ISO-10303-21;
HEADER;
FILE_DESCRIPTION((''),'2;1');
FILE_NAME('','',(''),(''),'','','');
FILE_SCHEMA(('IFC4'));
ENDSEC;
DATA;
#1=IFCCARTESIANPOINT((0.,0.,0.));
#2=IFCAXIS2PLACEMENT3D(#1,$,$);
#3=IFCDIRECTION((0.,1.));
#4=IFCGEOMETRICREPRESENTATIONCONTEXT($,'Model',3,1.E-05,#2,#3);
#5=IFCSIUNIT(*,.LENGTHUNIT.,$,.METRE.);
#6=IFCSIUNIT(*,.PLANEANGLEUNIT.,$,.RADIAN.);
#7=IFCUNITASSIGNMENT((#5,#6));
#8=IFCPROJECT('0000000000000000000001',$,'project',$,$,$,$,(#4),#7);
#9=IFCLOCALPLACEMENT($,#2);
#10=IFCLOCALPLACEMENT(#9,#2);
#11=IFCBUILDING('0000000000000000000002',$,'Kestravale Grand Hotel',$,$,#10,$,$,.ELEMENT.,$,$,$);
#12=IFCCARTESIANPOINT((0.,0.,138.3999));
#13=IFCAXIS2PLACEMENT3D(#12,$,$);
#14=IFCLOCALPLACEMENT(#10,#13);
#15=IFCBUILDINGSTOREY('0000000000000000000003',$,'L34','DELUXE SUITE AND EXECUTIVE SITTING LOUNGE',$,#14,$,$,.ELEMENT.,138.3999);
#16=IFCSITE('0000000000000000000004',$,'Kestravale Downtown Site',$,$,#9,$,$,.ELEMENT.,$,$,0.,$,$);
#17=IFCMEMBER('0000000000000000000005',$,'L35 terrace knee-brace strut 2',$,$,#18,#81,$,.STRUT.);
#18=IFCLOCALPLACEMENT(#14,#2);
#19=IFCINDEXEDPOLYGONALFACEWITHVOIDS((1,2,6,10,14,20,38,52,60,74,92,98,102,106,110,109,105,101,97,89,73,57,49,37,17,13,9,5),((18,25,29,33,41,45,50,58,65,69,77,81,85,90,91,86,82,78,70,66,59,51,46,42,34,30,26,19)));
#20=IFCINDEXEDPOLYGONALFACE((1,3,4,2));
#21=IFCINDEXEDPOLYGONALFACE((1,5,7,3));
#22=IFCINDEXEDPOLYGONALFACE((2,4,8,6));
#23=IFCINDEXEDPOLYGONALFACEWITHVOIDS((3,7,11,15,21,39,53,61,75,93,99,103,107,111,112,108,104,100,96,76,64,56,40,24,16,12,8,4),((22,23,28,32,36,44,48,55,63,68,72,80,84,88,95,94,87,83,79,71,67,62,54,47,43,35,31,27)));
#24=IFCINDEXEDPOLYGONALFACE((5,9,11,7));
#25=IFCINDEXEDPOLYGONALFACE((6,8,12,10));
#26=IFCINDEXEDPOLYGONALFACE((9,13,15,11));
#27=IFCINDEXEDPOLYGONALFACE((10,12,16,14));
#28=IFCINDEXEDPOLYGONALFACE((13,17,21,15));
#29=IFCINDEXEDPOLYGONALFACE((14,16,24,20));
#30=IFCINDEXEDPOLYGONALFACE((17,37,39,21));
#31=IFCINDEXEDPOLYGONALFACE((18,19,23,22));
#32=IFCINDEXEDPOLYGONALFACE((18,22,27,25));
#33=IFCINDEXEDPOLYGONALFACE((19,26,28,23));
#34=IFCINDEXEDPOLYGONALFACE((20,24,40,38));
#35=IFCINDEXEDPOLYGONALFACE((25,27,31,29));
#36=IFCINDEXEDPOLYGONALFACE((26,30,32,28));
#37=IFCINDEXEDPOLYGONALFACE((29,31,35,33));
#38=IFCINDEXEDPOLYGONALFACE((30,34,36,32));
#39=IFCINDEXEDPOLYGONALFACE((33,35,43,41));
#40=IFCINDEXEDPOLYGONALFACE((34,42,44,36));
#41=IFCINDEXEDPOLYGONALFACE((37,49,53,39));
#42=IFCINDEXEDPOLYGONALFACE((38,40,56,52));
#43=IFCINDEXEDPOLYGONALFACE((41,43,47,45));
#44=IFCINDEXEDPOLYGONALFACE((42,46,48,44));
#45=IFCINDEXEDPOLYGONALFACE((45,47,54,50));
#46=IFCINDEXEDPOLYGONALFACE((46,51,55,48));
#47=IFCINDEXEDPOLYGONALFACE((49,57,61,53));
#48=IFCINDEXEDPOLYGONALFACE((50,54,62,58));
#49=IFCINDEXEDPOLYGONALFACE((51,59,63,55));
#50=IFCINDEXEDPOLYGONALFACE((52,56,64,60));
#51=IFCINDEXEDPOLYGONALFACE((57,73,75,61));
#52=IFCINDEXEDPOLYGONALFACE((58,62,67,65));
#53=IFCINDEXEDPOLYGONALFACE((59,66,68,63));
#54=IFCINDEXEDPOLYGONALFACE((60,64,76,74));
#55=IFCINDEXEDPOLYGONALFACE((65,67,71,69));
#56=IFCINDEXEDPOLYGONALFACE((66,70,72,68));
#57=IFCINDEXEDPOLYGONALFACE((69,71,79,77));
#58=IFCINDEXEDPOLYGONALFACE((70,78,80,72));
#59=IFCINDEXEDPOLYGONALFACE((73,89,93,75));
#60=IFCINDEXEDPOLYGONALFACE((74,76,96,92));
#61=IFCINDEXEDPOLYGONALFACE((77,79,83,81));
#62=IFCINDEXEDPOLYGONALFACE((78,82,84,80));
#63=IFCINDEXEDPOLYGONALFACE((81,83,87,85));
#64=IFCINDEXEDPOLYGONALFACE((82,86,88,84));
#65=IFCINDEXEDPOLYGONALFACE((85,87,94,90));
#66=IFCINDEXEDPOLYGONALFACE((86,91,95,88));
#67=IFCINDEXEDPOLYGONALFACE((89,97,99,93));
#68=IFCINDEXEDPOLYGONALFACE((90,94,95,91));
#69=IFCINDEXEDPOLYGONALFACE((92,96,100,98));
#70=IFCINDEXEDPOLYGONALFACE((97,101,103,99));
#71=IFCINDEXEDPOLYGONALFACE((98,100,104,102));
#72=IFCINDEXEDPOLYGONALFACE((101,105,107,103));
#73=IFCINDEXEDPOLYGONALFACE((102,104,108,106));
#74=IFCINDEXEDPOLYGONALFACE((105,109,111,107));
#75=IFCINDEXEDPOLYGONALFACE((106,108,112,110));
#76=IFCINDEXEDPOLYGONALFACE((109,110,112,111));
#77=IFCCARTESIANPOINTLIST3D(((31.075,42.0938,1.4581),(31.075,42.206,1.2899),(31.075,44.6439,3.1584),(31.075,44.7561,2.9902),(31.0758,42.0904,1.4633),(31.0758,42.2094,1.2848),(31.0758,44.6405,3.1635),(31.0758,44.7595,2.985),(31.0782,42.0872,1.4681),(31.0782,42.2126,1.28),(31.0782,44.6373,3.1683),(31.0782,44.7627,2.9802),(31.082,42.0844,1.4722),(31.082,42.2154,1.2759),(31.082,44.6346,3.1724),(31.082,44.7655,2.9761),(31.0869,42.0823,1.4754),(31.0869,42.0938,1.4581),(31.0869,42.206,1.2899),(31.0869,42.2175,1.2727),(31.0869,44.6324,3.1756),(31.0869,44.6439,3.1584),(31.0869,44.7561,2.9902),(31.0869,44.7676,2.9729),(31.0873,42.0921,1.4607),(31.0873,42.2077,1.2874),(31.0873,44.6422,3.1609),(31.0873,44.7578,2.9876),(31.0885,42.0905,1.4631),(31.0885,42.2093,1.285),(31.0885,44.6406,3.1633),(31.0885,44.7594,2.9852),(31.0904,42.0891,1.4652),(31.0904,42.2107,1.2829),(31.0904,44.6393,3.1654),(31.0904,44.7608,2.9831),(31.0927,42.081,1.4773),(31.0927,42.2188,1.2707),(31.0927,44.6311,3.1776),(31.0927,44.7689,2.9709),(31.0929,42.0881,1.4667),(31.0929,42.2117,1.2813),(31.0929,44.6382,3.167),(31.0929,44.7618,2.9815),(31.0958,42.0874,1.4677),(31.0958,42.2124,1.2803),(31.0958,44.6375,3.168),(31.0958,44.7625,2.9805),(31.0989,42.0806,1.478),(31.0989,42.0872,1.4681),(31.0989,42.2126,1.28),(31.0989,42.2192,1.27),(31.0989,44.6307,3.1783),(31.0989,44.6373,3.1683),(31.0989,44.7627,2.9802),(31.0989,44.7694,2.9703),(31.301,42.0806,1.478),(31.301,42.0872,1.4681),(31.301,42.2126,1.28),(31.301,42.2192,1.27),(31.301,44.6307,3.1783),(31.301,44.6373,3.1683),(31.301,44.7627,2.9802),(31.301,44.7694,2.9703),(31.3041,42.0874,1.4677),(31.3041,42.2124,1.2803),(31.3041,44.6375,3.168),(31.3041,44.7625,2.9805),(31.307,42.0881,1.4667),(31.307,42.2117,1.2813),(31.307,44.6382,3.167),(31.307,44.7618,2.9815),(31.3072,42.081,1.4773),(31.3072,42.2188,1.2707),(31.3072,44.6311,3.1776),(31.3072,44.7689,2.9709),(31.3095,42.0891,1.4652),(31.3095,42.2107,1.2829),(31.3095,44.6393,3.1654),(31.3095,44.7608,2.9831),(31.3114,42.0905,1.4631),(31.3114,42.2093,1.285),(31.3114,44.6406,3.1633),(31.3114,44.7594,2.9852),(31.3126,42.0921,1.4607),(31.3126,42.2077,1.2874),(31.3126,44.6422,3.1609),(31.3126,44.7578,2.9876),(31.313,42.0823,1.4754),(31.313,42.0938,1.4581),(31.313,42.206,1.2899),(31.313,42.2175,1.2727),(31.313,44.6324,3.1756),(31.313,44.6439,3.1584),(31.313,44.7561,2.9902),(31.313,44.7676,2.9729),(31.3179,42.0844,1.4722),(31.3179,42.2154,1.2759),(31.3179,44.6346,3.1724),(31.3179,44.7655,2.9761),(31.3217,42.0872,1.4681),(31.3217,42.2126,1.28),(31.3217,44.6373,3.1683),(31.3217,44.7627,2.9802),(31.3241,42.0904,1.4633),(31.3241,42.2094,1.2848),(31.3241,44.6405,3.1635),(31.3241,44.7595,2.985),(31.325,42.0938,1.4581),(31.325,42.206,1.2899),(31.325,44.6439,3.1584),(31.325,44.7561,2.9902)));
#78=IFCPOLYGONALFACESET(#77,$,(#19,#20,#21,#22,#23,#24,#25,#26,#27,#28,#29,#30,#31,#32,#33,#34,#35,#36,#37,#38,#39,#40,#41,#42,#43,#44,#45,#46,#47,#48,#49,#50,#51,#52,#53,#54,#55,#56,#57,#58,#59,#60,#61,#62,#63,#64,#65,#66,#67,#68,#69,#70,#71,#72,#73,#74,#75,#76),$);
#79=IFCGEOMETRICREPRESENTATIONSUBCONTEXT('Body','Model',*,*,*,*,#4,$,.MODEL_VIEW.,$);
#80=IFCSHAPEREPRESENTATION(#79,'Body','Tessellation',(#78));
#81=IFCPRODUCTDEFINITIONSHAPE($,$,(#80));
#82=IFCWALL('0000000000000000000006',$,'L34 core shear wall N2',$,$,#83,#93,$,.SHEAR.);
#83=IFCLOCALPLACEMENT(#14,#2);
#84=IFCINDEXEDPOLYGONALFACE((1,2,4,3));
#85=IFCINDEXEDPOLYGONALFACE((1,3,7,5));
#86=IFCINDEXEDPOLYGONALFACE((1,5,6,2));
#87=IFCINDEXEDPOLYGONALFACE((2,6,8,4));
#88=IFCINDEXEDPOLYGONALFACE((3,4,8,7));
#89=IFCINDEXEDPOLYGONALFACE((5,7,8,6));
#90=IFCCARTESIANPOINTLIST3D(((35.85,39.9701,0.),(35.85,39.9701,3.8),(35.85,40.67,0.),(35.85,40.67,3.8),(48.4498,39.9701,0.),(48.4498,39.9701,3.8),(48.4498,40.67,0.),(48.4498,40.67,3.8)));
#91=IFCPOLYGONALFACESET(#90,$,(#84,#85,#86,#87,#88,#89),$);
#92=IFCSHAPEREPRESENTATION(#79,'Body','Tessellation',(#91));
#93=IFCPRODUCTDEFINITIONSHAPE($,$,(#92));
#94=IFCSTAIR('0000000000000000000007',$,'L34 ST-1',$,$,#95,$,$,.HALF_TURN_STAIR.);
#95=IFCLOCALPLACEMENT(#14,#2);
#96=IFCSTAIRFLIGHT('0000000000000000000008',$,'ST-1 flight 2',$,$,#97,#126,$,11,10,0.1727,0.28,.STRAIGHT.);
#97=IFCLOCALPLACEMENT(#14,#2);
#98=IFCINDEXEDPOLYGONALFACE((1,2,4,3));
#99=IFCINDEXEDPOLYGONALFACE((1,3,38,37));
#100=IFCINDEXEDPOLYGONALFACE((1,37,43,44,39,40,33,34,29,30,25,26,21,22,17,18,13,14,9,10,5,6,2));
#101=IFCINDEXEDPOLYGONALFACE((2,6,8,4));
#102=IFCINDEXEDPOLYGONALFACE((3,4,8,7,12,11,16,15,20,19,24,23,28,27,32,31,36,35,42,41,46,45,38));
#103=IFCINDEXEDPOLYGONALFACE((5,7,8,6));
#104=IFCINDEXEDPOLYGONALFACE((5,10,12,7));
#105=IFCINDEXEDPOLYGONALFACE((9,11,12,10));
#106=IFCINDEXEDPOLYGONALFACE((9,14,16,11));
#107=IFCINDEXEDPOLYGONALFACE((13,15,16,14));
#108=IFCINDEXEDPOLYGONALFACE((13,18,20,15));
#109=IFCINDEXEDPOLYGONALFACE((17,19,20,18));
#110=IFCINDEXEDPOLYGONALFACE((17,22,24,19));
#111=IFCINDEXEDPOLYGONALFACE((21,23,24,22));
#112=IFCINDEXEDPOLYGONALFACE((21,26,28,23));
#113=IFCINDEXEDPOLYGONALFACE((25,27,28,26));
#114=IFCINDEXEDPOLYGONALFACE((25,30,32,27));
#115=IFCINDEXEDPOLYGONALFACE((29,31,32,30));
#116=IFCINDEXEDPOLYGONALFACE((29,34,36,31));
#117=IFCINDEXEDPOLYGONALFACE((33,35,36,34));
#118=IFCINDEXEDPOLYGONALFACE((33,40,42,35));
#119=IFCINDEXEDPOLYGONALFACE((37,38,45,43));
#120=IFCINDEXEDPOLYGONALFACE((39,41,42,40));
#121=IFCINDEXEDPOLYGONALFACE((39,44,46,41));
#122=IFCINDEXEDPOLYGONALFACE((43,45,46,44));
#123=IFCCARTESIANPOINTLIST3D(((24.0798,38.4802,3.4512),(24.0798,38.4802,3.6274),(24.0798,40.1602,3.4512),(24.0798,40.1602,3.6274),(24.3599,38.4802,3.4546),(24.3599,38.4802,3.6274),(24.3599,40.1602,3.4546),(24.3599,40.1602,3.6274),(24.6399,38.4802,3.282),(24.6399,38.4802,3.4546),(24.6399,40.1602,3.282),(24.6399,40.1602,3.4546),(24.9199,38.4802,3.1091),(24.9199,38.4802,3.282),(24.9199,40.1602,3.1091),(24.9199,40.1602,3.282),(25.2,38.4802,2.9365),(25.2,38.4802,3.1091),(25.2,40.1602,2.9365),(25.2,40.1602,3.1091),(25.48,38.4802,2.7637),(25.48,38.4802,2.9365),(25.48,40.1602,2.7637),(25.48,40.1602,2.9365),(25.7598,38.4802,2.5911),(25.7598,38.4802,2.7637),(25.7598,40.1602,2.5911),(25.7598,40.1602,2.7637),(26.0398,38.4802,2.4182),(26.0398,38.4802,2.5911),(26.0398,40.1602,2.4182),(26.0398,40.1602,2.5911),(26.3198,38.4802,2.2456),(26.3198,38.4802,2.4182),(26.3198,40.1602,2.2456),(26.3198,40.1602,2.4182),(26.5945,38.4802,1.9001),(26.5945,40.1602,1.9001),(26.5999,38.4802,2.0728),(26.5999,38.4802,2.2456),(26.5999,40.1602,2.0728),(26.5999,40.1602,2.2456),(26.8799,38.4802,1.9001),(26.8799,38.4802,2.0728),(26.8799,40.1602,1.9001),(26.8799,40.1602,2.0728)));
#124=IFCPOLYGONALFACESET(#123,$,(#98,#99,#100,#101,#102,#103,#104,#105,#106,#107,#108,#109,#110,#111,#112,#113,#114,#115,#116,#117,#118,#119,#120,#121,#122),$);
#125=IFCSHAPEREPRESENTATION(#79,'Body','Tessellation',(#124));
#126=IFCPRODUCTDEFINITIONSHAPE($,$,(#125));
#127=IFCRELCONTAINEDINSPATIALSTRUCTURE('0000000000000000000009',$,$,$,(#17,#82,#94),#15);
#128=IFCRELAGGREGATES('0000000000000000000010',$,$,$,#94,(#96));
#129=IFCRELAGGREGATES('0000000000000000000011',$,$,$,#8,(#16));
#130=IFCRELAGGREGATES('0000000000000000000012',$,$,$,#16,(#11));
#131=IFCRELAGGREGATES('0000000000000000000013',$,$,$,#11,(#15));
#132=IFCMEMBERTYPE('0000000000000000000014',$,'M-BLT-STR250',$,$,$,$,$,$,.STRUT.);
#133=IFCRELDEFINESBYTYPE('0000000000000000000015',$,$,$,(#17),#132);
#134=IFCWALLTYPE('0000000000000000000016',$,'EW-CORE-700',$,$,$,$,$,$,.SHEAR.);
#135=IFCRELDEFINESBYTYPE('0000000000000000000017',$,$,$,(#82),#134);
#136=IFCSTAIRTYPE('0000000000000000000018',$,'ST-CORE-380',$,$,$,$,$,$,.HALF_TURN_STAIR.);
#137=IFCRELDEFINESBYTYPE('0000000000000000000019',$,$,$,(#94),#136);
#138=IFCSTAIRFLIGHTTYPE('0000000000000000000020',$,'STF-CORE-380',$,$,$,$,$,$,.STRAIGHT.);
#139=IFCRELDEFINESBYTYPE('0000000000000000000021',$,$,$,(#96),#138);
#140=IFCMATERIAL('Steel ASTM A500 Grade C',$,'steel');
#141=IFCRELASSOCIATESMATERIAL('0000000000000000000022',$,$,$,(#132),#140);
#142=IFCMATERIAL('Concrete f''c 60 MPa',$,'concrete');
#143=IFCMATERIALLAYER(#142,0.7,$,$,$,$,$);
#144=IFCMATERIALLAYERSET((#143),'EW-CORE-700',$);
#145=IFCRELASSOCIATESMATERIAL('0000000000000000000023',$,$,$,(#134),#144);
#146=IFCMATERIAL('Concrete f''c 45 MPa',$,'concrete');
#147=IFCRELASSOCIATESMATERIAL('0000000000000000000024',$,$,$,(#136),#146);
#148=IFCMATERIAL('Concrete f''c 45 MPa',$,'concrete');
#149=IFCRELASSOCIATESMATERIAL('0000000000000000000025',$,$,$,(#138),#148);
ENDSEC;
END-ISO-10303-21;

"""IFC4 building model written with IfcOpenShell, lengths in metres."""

from ifc_helpers import new_model, si_unit, direction, frame, frame_2d, origin, origin_2d, place, context, subcontext, project, spatial, polyline, rectangle, hollow_rectangle, outline, extrude, material, layer, layer_set, material_profile, profile_set, type_object, element, aggregate, save


model = new_model("IFC4")

# Units and contexts
model_context = context("Model", 3, precision=1e-05, world=origin(), true_north=direction((0.0, 1.0)))
body_context = subcontext(model_context, "Body", "Model", "MODEL_VIEW")
ifc_project = project(units=[si_unit("LENGTHUNIT", "METRE"), si_unit("PLANEANGLEUNIT", "RADIAN")], contexts=[model_context])

# Site, building, storey
site_placement = place(None, origin())
site = spatial("IfcSite", under=ifc_project, at=site_placement, Name="Kestravale Downtown Site", CompositionType="ELEMENT", RefElevation=0.0)
building_placement = place(site_placement, origin())
building = spatial("IfcBuilding", under=site, at=building_placement, Name="Kestravale Grand Hotel", CompositionType="ELEMENT")
storey_placement = place(building_placement, frame((0.0, 0.0, 138.3999)))
storey = spatial("IfcBuildingStorey", under=building, at=storey_placement, Name="L34", Description="DELUXE SUITE AND EXECUTIVE SITTING LOUNGE", CompositionType="ELEMENT", Elevation=138.3999)

# Member
ifc_material_1 = material(Name="Steel ASTM A500 Grade C", Category="steel")
ifc_material_profile_1 = material_profile(ifc_material_1, hollow_rectangle(XDim=0.25, YDim=0.25, WallThickness=0.012, InnerFilletRadius=0.012, OuterFilletRadius=0.0239, at=origin_2d()))
ifc_profile_set_1 = profile_set([ifc_material_profile_1], Name="Steel ASTM A500 Grade C")
member_type = type_object("IfcMemberType", Name="M-BLT-STR250", PredefinedType="STRUT", material=ifc_profile_set_1)
for number, where, z_axis, x_axis, name in (
    (1, (31.2, 42.1499, 1.374), (0.0, 0.832026, 0.554737), (-1.0, 0.0, 0.0), "L35 terrace knee-brace strut 2"),
):
    element("IfcMember", number, at=place(storey_placement, frame(where, z_axis=z_axis, x_axis=x_axis)), inside=storey, type_object=member_type, Name=name, PredefinedType="STRUT", context=body_context, shape_type="SweptSolid", body=[
        extrude(hollow_rectangle(XDim=0.25, YDim=0.25, WallThickness=0.012, InnerFilletRadius=0.012, OuterFilletRadius=0.0239, at=origin_2d()), origin(), (0.0, 0.0, 1.0), 3.0649),
    ])

# Wall
ifc_material_2 = material(Name="Concrete f'c 60 MPa", Category="concrete")
ifc_layer = layer(ifc_material_2, 0.7)
ifc_layer_set = layer_set([ifc_layer], Name="EW-CORE-700")
wall_type = type_object("IfcWallType", Name="EW-CORE-700", PredefinedType="SHEAR", material=ifc_layer_set)
wall_placement = place(storey_placement, frame((35.8501, 40.3201, 0.0), z_axis=(0.0, 0.0, 1.0), x_axis=(1.0, 0.0, 0.0)))
element("IfcWall", 2, at=wall_placement, inside=storey, type_object=wall_type, Name="L34 core shear wall N2", PredefinedType="SHEAR", context=body_context, shape_type="SweptSolid", body=[
    extrude(rectangle(XDim=12.5999, YDim=0.7, at=frame_2d((6.2998, 0.0))), origin(), (0.0, 0.0, 1.0), 3.8),
])

# Stair, stair flight
ifc_material_3 = material(Name="Concrete f'c 45 MPa", Category="concrete")
stair_type = type_object("IfcStairType", Name="ST-CORE-380", PredefinedType="HALF_TURN_STAIR", material=ifc_material_3)
stair_placement = place(storey_placement, origin())
stair = element("IfcStair", 3, at=stair_placement, inside=storey, type_object=stair_type, Name="L34 ST-1", PredefinedType="HALF_TURN_STAIR")
ifc_material_4 = material(Name="Concrete f'c 45 MPa", Category="concrete")
stair_flight_type = type_object("IfcStairFlightType", Name="STF-CORE-380", PredefinedType="STRAIGHT", material=ifc_material_4)
stair_flight_placement = place(storey_placement, frame((26.8799, 39.3201, 1.9001), z_axis=(0.0, 0.0, 1.0), x_axis=(-1.0, 0.0, 0.0)))
stair_flight = element("IfcStairFlight", 4, at=stair_flight_placement, type_object=stair_flight_type, Name="ST-1 flight 2", NumberOfRisers=11, NumberOfTreads=10, PredefinedType="STRAIGHT", RiserHeight=0.1727, TreadLength=0.28, context=body_context, shape_type="SweptSolid", body=[
    extrude(outline(polyline([(0.0, 0.0), (0.0, 0.1726), (0.28, 0.1726), (0.28, 0.3455), (0.5601, 0.3455), (0.5601, 0.5181), (0.8401, 0.5181), (0.8401, 0.6909), (1.1201, 0.6909), (1.1201, 0.8635), (1.3999, 0.8635), (1.3999, 1.0364), (1.6799, 1.0364), (1.6799, 1.209), (1.96, 1.209), (1.96, 1.3818), (2.24, 1.3818), (2.24, 1.5544), (2.52, 1.5544), (2.52, 1.7273), (2.8, 1.7273), (2.8, 1.8999), (2.8, 1.551), (0.2854, 0.0), (0.0, 0.0)])), frame((0.0, 0.8398, 0.0), z_axis=(0.0, -1.0, 0.0), x_axis=(1.0, 0.0, 0.0)), (0.0, 0.0, 1.0), 1.6799),
])
aggregate(stair, [stair_flight])

save(model, "model.ifc")
